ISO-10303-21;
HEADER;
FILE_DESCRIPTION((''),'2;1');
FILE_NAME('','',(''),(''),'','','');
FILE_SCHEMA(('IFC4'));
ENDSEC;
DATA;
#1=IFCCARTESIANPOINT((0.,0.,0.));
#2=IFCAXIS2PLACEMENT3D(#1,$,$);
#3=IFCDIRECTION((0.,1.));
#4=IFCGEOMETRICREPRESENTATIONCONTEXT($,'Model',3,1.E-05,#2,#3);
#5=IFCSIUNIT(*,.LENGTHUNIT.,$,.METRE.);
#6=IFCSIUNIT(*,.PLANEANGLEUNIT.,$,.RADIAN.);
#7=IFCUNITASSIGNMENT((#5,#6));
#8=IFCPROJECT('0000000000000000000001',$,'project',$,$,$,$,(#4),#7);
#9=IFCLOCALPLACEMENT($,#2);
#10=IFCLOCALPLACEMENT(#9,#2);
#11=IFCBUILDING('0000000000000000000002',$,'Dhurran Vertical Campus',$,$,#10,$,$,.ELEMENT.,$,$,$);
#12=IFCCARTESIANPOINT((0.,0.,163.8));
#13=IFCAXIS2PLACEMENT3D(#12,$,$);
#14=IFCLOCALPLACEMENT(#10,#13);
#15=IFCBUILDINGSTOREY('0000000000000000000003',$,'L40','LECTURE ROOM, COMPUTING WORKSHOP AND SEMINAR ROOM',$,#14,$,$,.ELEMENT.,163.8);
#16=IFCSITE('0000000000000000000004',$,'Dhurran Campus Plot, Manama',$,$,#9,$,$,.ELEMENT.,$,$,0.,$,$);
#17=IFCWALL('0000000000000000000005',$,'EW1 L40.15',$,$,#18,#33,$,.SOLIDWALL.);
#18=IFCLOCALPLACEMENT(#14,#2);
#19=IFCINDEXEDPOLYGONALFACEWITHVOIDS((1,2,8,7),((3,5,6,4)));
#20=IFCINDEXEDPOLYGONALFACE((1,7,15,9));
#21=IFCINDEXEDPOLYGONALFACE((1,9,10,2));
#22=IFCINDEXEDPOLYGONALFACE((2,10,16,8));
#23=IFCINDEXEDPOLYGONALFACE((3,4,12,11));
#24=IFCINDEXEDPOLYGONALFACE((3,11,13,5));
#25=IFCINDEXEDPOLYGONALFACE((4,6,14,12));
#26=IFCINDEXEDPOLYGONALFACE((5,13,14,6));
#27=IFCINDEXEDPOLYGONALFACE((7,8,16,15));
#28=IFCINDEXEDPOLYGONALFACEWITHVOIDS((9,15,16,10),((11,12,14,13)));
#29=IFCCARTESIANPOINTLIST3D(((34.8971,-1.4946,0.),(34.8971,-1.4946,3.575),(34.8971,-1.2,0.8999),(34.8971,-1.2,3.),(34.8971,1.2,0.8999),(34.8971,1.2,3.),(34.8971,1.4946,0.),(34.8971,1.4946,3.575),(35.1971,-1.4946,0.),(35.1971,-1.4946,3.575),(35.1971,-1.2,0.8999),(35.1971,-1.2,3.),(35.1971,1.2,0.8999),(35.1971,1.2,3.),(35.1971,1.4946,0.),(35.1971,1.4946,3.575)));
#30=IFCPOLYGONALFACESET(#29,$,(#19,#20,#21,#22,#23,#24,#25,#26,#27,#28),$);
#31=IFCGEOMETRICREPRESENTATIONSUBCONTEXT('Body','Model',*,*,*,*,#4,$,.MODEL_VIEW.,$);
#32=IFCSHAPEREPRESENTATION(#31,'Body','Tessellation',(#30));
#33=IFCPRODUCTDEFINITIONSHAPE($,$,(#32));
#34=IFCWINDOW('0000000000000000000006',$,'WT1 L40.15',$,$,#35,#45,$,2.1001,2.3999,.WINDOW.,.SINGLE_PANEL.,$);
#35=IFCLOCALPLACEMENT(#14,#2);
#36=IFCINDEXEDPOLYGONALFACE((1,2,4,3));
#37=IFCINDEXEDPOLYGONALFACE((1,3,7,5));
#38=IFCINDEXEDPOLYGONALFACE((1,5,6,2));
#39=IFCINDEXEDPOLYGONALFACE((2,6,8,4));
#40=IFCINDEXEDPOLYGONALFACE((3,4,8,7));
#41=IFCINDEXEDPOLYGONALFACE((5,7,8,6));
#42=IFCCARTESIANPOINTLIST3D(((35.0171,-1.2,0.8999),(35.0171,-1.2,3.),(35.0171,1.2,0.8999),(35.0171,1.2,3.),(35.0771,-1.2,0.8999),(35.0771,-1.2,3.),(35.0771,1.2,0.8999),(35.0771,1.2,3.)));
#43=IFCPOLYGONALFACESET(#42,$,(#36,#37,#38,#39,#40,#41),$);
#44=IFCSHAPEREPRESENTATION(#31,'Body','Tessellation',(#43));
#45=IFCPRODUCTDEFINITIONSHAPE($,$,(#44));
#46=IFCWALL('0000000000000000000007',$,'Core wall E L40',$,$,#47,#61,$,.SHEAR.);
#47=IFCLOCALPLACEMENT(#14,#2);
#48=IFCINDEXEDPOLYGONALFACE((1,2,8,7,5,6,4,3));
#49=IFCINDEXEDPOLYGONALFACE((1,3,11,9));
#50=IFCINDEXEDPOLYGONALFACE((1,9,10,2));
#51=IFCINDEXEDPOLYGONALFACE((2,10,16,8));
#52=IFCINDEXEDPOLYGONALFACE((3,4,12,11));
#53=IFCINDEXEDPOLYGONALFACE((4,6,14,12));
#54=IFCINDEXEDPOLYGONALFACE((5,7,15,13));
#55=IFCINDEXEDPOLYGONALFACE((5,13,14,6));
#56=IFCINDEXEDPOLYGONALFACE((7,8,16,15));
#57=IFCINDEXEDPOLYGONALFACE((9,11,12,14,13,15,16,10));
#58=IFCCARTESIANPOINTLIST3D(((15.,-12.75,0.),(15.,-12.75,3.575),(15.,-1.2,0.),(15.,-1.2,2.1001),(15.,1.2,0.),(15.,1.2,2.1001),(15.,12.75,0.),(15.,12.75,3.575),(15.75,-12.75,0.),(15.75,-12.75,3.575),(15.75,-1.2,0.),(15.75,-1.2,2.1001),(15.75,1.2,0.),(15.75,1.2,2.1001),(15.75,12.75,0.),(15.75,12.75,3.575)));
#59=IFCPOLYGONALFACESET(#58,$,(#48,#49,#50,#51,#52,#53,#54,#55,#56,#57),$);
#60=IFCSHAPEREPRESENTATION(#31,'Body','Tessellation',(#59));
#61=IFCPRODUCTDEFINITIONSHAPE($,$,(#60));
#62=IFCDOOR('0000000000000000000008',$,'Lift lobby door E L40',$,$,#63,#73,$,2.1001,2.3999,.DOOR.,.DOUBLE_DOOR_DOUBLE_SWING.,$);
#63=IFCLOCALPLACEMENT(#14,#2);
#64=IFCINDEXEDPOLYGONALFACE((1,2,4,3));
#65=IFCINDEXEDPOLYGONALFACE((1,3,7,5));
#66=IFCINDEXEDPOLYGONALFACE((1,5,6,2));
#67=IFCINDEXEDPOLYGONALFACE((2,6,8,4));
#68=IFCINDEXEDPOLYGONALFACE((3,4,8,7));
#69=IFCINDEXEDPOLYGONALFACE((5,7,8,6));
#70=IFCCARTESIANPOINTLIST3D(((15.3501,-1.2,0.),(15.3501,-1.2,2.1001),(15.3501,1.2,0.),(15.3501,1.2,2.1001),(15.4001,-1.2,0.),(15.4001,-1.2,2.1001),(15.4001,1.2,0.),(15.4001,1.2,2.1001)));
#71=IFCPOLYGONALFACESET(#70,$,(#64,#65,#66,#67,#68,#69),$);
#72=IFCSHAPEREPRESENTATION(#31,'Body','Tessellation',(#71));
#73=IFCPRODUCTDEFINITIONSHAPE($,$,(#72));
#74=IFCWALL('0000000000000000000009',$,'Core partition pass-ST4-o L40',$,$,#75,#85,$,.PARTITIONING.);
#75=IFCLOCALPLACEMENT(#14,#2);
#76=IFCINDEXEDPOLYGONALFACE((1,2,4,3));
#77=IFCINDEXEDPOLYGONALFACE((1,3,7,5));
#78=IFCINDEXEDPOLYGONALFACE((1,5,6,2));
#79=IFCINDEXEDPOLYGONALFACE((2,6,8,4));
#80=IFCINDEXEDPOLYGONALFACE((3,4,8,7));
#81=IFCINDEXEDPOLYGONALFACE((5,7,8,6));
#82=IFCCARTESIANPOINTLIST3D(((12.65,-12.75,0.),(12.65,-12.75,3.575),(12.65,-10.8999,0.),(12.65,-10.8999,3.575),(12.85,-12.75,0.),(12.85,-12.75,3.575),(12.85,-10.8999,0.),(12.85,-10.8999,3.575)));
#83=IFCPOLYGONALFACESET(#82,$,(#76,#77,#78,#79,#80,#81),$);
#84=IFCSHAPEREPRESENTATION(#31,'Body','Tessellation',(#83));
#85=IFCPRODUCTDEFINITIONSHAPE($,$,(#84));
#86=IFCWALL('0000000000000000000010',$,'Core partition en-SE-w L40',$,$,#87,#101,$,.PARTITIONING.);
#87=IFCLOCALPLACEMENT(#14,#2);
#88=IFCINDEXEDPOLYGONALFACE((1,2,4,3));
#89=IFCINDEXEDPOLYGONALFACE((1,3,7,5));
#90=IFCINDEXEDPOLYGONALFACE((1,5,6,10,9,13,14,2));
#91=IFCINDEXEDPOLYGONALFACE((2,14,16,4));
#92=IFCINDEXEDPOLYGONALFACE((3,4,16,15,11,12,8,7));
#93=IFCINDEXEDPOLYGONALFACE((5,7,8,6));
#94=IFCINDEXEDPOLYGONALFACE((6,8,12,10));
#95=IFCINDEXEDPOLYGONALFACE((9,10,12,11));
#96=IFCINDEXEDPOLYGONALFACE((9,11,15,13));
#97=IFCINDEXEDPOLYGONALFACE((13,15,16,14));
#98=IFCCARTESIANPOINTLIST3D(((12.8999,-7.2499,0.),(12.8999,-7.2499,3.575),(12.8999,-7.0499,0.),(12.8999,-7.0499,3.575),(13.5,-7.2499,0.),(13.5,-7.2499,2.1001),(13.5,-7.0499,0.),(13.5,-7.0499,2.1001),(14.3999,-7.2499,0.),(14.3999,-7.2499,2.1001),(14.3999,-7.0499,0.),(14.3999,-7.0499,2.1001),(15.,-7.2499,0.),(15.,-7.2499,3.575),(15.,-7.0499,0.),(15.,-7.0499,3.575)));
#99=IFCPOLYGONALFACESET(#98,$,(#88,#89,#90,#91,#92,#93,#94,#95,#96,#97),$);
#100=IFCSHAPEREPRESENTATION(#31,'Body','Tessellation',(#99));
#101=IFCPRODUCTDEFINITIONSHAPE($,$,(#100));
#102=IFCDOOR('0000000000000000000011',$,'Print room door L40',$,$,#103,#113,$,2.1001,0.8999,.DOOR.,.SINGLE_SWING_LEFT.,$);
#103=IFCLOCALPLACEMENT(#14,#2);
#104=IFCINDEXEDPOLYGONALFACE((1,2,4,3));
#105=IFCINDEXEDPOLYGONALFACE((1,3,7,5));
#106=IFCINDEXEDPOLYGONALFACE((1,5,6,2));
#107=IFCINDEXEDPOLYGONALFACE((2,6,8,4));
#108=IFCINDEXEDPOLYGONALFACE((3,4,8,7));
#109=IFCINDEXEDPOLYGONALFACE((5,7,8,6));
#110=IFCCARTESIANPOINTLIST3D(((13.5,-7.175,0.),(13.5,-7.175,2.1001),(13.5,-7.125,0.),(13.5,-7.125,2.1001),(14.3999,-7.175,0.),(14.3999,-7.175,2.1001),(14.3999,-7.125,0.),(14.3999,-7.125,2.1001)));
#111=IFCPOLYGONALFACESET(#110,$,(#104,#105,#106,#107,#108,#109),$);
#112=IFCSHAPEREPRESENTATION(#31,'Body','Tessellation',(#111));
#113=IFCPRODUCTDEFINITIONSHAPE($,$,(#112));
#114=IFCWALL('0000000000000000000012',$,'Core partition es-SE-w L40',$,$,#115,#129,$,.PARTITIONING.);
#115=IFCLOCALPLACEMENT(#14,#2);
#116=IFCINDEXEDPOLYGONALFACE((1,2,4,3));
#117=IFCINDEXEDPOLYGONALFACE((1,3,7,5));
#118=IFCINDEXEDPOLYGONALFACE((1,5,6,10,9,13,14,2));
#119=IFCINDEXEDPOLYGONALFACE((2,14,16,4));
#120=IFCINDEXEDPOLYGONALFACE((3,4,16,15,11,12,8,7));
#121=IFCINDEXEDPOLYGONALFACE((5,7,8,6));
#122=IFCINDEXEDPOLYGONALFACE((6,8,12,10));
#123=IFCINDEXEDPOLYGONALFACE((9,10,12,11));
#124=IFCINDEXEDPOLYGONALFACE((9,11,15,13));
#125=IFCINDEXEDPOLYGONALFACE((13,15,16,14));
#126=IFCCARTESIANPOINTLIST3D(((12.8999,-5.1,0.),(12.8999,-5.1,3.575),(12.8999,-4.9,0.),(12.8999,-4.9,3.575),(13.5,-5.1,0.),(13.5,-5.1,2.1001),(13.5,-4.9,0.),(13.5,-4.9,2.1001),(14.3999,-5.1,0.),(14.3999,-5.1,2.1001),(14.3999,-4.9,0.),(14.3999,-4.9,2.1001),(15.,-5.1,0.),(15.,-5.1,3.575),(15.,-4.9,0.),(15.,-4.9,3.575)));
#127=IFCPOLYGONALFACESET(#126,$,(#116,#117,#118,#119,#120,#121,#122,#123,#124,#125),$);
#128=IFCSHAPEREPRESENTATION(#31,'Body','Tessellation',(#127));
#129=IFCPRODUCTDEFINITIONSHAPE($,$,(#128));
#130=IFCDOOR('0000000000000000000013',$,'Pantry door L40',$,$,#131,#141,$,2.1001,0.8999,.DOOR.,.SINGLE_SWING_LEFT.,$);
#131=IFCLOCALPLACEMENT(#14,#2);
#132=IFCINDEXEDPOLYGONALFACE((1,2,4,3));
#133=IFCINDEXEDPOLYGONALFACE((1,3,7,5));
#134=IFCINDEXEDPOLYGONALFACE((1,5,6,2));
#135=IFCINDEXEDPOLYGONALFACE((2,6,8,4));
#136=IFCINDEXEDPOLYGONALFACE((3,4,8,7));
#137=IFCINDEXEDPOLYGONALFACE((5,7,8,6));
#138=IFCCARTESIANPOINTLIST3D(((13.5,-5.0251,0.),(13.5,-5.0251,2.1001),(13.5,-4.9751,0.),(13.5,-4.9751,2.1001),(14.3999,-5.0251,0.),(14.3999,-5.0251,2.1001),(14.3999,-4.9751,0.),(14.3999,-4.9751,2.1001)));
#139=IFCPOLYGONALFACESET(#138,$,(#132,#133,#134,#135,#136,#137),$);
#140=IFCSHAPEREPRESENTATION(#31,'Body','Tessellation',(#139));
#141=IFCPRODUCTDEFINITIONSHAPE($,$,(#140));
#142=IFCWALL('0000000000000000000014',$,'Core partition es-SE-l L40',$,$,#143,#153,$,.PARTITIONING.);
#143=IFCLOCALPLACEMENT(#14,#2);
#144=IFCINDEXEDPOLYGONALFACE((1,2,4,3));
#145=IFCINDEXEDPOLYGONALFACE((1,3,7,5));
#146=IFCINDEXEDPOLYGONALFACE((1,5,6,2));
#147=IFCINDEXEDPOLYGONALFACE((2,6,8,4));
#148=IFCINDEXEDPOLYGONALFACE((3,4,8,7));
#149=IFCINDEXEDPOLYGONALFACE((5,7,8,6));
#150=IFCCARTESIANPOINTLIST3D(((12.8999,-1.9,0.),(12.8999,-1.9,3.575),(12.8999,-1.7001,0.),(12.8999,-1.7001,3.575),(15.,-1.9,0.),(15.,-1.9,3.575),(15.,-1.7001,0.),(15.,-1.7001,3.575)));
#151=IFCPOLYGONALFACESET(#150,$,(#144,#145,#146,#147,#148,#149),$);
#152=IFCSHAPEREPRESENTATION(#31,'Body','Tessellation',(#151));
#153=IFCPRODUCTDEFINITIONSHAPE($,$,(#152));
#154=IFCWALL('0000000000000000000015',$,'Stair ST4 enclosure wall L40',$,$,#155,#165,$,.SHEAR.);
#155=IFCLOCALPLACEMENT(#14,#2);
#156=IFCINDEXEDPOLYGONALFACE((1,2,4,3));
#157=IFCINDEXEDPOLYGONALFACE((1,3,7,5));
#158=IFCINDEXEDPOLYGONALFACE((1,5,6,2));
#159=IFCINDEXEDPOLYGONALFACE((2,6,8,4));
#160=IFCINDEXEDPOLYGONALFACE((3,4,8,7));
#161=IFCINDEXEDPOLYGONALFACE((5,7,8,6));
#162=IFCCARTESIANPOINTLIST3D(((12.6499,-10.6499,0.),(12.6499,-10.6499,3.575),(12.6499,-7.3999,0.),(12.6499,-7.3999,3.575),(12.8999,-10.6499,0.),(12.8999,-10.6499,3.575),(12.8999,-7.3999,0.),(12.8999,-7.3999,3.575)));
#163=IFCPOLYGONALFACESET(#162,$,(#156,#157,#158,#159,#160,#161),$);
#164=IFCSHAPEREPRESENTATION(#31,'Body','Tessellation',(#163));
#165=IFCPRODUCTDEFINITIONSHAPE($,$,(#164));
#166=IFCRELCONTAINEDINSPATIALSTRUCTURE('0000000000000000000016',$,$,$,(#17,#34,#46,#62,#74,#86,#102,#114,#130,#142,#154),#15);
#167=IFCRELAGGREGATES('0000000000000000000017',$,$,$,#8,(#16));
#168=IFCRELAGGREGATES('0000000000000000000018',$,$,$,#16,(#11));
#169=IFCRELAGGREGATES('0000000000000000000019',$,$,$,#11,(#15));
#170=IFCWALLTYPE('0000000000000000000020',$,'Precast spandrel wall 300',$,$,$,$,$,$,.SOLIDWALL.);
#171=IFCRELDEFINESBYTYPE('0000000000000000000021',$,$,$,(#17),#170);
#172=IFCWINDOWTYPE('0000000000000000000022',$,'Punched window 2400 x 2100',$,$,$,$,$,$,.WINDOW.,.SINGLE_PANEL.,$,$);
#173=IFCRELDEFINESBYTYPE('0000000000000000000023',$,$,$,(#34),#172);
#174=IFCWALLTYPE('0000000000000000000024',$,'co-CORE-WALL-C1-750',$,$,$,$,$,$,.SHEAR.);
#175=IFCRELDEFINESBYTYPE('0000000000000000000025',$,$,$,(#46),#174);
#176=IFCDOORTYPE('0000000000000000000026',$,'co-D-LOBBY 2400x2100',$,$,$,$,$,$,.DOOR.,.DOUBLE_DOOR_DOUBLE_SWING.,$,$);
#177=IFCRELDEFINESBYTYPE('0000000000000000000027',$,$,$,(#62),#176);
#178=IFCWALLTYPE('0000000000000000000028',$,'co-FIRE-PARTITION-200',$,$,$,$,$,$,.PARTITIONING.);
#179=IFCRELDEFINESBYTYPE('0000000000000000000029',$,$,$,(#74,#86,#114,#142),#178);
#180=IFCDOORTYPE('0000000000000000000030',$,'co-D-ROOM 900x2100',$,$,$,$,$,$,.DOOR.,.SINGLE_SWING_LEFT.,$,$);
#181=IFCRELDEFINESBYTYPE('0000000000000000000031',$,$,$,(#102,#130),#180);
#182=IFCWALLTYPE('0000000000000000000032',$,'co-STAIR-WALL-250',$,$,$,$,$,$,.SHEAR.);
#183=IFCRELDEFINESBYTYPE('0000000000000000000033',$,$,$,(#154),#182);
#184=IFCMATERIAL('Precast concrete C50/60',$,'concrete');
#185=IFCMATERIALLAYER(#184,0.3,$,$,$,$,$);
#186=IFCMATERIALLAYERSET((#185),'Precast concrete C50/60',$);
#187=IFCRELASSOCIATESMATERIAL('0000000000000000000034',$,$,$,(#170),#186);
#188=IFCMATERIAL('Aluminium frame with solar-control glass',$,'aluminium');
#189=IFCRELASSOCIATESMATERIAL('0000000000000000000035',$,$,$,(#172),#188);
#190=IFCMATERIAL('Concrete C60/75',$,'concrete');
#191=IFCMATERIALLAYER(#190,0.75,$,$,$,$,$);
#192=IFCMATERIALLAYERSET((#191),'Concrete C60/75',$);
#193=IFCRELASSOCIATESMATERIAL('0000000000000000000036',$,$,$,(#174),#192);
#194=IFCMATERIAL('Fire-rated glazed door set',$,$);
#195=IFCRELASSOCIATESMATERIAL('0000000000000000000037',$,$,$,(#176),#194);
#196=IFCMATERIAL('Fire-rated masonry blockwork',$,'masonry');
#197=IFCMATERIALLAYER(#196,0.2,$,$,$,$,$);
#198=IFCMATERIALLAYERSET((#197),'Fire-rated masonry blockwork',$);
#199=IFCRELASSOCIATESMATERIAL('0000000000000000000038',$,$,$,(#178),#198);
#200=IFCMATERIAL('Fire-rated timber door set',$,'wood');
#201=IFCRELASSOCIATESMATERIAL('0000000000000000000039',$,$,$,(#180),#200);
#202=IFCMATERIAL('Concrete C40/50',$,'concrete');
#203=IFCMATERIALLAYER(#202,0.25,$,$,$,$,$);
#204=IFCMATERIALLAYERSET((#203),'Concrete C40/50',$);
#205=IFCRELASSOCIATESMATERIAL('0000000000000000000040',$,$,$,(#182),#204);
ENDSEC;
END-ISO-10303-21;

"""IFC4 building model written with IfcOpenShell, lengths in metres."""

from ifc_helpers import new_model, si_unit, direction, frame, frame_2d, origin, place, context, subcontext, project, spatial, rectangle, extrude, material, layer, layer_set, type_object, element, fill, save


model = new_model("IFC4")

# Units and contexts
model_context = context("Model", 3, precision=1e-05, world=origin(), true_north=direction((0.0, 1.0)))
body_context = subcontext(model_context, "Body", "Model", "MODEL_VIEW")
ifc_project = project(units=[si_unit("LENGTHUNIT", "METRE"), si_unit("PLANEANGLEUNIT", "RADIAN")], contexts=[model_context])

# Site, building, storey
site_placement = place(None, origin())
site = spatial("IfcSite", under=ifc_project, at=site_placement, Name="Dhurran Campus Plot, Manama", CompositionType="ELEMENT", RefElevation=0.0)
building_placement = place(site_placement, origin())
building = spatial("IfcBuilding", under=site, at=building_placement, Name="Dhurran Vertical Campus", CompositionType="ELEMENT")
storey_placement = place(building_placement, frame((0.0, 0.0, 163.8)))
storey = spatial("IfcBuildingStorey", under=building, at=storey_placement, Name="L40", Description="LECTURE ROOM, COMPUTING WORKSHOP AND SEMINAR ROOM", CompositionType="ELEMENT", Elevation=163.8)

# Wall, opening, window
ifc_material_1 = material(Name="Precast concrete C50/60", Category="concrete")
ifc_layer_1 = layer(ifc_material_1, 0.3)
ifc_layer_set_1 = layer_set([ifc_layer_1], Name="Precast concrete C50/60")
wall_type_1 = type_object("IfcWallType", Name="Precast spandrel wall 300", PredefinedType="SOLIDWALL", material=ifc_layer_set_1)
ifc_material_2 = material(Name="Aluminium frame with solar-control glass", Category="aluminium")
window_type = type_object("IfcWindowType", Name="Punched window 2400 x 2100", PartitioningType="SINGLE_PANEL", PredefinedType="WINDOW", material=ifc_material_2)
wall_1_placement = place(storey_placement, frame((35.0471, -1.4946, 0.0), z_axis=(0.0, 0.0, 1.0), x_axis=(0.0, 1.0, 0.0)))
wall_1 = element("IfcWall", 1, at=wall_1_placement, inside=storey, type_object=wall_type_1, Name="EW1 L40.15", PredefinedType="SOLIDWALL", context=body_context, shape_type="SweptSolid", body=[
    extrude(rectangle(XDim=2.9893, YDim=0.3, at=frame_2d((1.4946, 0.0))), origin(), (0.0, 0.0, 1.0), 3.575),
])
opening_1_placement = place(wall_1_placement, frame((0.2947, 0.0, 0.8999)))
opening_1 = element("IfcOpeningElement", 2, at=opening_1_placement, cuts=wall_1, PredefinedType="OPENING", context=body_context, shape_type="SweptSolid", body=[
    extrude(rectangle(XDim=2.3999, YDim=2.1001, at=frame_2d((1.2, 1.05))), frame((0.0, 0.1599, 0.0), z_axis=(0.0, -1.0, 0.0), x_axis=(1.0, 0.0, 0.0)), (0.0, 0.0, 1.0), 0.3201),
])
window_1_placement = place(opening_1_placement, origin())
window_1 = element("IfcWindow", 3, at=window_1_placement, inside=storey, type_object=window_type, Name="WT1 L40.15", OverallHeight=2.1001, OverallWidth=2.3999, PartitioningType="SINGLE_PANEL", PredefinedType="WINDOW", context=body_context, shape_type="SweptSolid", body=[
    extrude(rectangle(XDim=2.3999, YDim=2.1001, at=frame_2d((1.2, 1.05))), frame((0.0, 0.03, 0.0), z_axis=(0.0, -1.0, 0.0), x_axis=(1.0, 0.0, 0.0)), (0.0, 0.0, 1.0), 0.0601),
])
fill(opening_1, window_1)

# Wall, opening, door
ifc_material_3 = material(Name="Concrete C60/75", Category="concrete")
ifc_layer_2 = layer(ifc_material_3, 0.75)
ifc_layer_set_2 = layer_set([ifc_layer_2], Name="Concrete C60/75")
wall_type_2 = type_object("IfcWallType", Name="co-CORE-WALL-C1-750", PredefinedType="SHEAR", material=ifc_layer_set_2)
wall_2_placement = place(storey_placement, frame((15.375, -12.75, 0.0), z_axis=(0.0, 0.0, 1.0), x_axis=(0.0, 1.0, 0.0)))
wall_2 = element("IfcWall", 4, at=wall_2_placement, inside=storey, type_object=wall_type_2, Name="Core wall E L40", PredefinedType="SHEAR", context=body_context, shape_type="SweptSolid", body=[
    extrude(rectangle(XDim=25.5, YDim=0.75, at=frame_2d((12.75, 0.0))), origin(), (0.0, 0.0, 1.0), 3.575),
])
opening_2_placement = place(wall_2_placement, frame((11.55, 0.0, 0.0)))
opening_2 = element("IfcOpeningElement", 5, at=opening_2_placement, cuts=wall_2, PredefinedType="OPENING", context=body_context, shape_type="SweptSolid", body=[
    extrude(rectangle(XDim=2.3999, YDim=2.1001, at=frame_2d((1.2, 1.05))), frame((0.0, 0.385, 0.0), z_axis=(0.0, -1.0, 0.0), x_axis=(1.0, 0.0, 0.0)), (0.0, 0.0, 1.0), 0.77),
])
ifc_material_4 = material(Name="Fire-rated glazed door set")
door_type_1 = type_object("IfcDoorType", Name="co-D-LOBBY 2400x2100", OperationType="DOUBLE_DOOR_DOUBLE_SWING", PredefinedType="DOOR", material=ifc_material_4)
door_1_placement = place(opening_2_placement, origin())
door_1 = element("IfcDoor", 6, at=door_1_placement, inside=storey, type_object=door_type_1, Name="Lift lobby door E L40", OperationType="DOUBLE_DOOR_DOUBLE_SWING", OverallHeight=2.1001, OverallWidth=2.3999, PredefinedType="DOOR", context=body_context, shape_type="SweptSolid", body=[
    extrude(rectangle(XDim=2.3999, YDim=2.1001, at=frame_2d((1.2, 1.05))), frame((0.0, 0.0249, 0.0), z_axis=(0.0, -1.0, 0.0), x_axis=(1.0, 0.0, 0.0)), (0.0, 0.0, 1.0), 0.05),
])
fill(opening_2, door_1)

# Wall
ifc_material_5 = material(Name="Fire-rated masonry blockwork", Category="masonry")
ifc_layer_3 = layer(ifc_material_5, 0.2)
ifc_layer_set_3 = layer_set([ifc_layer_3], Name="Fire-rated masonry blockwork")
wall_type_3 = type_object("IfcWallType", Name="co-FIRE-PARTITION-200", PredefinedType="PARTITIONING", material=ifc_layer_set_3)
wall_3_placement = place(storey_placement, frame((12.75, -12.75, 0.0), z_axis=(0.0, 0.0, 1.0), x_axis=(0.0, 1.0, 0.0)))
element("IfcWall", 7, at=wall_3_placement, inside=storey, type_object=wall_type_3, Name="Core partition pass-ST4-o L40", PredefinedType="PARTITIONING", context=body_context, shape_type="SweptSolid", body=[
    extrude(rectangle(XDim=1.8501, YDim=0.2, at=frame_2d((0.925, 0.0))), origin(), (0.0, 0.0, 1.0), 3.575),
])

# Walls, openings, doors
wall_4_placement = place(storey_placement, frame((12.8999, -7.1499, 0.0), z_axis=(0.0, 0.0, 1.0), x_axis=(1.0, 0.0, 0.0)))
wall_4 = element("IfcWall", 8, at=wall_4_placement, inside=storey, type_object=wall_type_3, Name="Core partition en-SE-w L40", PredefinedType="PARTITIONING", context=body_context, shape_type="SweptSolid", body=[
    extrude(rectangle(XDim=2.1001, YDim=0.2, at=frame_2d((1.05, 0.0))), origin(), (0.0, 0.0, 1.0), 3.575),
])
opening_3_placement = place(wall_4_placement, frame((0.6001, 0.0, 0.0)))
opening_3 = element("IfcOpeningElement", 9, at=opening_3_placement, cuts=wall_4, PredefinedType="OPENING", context=body_context, shape_type="SweptSolid", body=[
    extrude(rectangle(XDim=0.8999, YDim=2.1001, at=frame_2d((0.45, 1.05))), frame((0.0, 0.1099, 0.0), z_axis=(0.0, -1.0, 0.0), x_axis=(1.0, 0.0, 0.0)), (0.0, 0.0, 1.0), 0.22),
])
ifc_material_6 = material(Name="Fire-rated timber door set", Category="wood")
door_type_2 = type_object("IfcDoorType", Name="co-D-ROOM 900x2100", OperationType="SINGLE_SWING_LEFT", PredefinedType="DOOR", material=ifc_material_6)
door_2_placement = place(opening_3_placement, origin())
door_2 = element("IfcDoor", 10, at=door_2_placement, inside=storey, type_object=door_type_2, Name="Print room door L40", OperationType="SINGLE_SWING_LEFT", OverallHeight=2.1001, OverallWidth=0.8999, PredefinedType="DOOR", context=body_context, shape_type="SweptSolid", body=[
    extrude(rectangle(XDim=0.8999, YDim=2.1001, at=frame_2d((0.45, 1.05))), frame((0.0, 0.0249, 0.0), z_axis=(0.0, -1.0, 0.0), x_axis=(1.0, 0.0, 0.0)), (0.0, 0.0, 1.0), 0.05),
])
fill(opening_3, door_2)
wall_5_placement = place(storey_placement, frame((12.8999, -5.0, 0.0), z_axis=(0.0, 0.0, 1.0), x_axis=(1.0, 0.0, 0.0)))
wall_5 = element("IfcWall", 11, at=wall_5_placement, inside=storey, type_object=wall_type_3, Name="Core partition es-SE-w L40", PredefinedType="PARTITIONING", context=body_context, shape_type="SweptSolid", body=[
    extrude(rectangle(XDim=2.1001, YDim=0.2, at=frame_2d((1.05, 0.0))), origin(), (0.0, 0.0, 1.0), 3.575),
])
opening_4_placement = place(wall_5_placement, frame((0.6001, 0.0, 0.0)))
opening_4 = element("IfcOpeningElement", 12, at=opening_4_placement, cuts=wall_5, PredefinedType="OPENING", context=body_context, shape_type="SweptSolid", body=[
    extrude(rectangle(XDim=0.8999, YDim=2.1001, at=frame_2d((0.45, 1.05))), frame((0.0, 0.1099, 0.0), z_axis=(0.0, -1.0, 0.0), x_axis=(1.0, 0.0, 0.0)), (0.0, 0.0, 1.0), 0.22),
])
door_3_placement = place(opening_4_placement, origin())
door_3 = element("IfcDoor", 13, at=door_3_placement, inside=storey, type_object=door_type_2, Name="Pantry door L40", OperationType="SINGLE_SWING_LEFT", OverallHeight=2.1001, OverallWidth=0.8999, PredefinedType="DOOR", context=body_context, shape_type="SweptSolid", body=[
    extrude(rectangle(XDim=0.8999, YDim=2.1001, at=frame_2d((0.45, 1.05))), frame((0.0, 0.0249, 0.0), z_axis=(0.0, -1.0, 0.0), x_axis=(1.0, 0.0, 0.0)), (0.0, 0.0, 1.0), 0.05),
])
fill(opening_4, door_3)

# Walls
wall_6_placement = place(storey_placement, frame((12.8999, -1.8, 0.0), z_axis=(0.0, 0.0, 1.0), x_axis=(1.0, 0.0, 0.0)))
element("IfcWall", 14, at=wall_6_placement, inside=storey, type_object=wall_type_3, Name="Core partition es-SE-l L40", PredefinedType="PARTITIONING", context=body_context, shape_type="SweptSolid", body=[
    extrude(rectangle(XDim=2.1001, YDim=0.2, at=frame_2d((1.05, 0.0))), origin(), (0.0, 0.0, 1.0), 3.575),
])
ifc_material_7 = material(Name="Concrete C40/50", Category="concrete")
ifc_layer_4 = layer(ifc_material_7, 0.25)
ifc_layer_set_4 = layer_set([ifc_layer_4], Name="Concrete C40/50")
wall_type_4 = type_object("IfcWallType", Name="co-STAIR-WALL-250", PredefinedType="SHEAR", material=ifc_layer_set_4)
wall_7_placement = place(storey_placement, frame((12.7749, -10.6499, 0.0), z_axis=(0.0, 0.0, 1.0), x_axis=(0.0, 1.0, 0.0)))
element("IfcWall", 15, at=wall_7_placement, inside=storey, type_object=wall_type_4, Name="Stair ST4 enclosure wall L40", PredefinedType="SHEAR", context=body_context, shape_type="SweptSolid", body=[
    extrude(rectangle(XDim=3.25, YDim=0.25, at=frame_2d((1.625, 0.0))), origin(), (0.0, 0.0, 1.0), 3.575),
])

save(model, "model.ifc")
